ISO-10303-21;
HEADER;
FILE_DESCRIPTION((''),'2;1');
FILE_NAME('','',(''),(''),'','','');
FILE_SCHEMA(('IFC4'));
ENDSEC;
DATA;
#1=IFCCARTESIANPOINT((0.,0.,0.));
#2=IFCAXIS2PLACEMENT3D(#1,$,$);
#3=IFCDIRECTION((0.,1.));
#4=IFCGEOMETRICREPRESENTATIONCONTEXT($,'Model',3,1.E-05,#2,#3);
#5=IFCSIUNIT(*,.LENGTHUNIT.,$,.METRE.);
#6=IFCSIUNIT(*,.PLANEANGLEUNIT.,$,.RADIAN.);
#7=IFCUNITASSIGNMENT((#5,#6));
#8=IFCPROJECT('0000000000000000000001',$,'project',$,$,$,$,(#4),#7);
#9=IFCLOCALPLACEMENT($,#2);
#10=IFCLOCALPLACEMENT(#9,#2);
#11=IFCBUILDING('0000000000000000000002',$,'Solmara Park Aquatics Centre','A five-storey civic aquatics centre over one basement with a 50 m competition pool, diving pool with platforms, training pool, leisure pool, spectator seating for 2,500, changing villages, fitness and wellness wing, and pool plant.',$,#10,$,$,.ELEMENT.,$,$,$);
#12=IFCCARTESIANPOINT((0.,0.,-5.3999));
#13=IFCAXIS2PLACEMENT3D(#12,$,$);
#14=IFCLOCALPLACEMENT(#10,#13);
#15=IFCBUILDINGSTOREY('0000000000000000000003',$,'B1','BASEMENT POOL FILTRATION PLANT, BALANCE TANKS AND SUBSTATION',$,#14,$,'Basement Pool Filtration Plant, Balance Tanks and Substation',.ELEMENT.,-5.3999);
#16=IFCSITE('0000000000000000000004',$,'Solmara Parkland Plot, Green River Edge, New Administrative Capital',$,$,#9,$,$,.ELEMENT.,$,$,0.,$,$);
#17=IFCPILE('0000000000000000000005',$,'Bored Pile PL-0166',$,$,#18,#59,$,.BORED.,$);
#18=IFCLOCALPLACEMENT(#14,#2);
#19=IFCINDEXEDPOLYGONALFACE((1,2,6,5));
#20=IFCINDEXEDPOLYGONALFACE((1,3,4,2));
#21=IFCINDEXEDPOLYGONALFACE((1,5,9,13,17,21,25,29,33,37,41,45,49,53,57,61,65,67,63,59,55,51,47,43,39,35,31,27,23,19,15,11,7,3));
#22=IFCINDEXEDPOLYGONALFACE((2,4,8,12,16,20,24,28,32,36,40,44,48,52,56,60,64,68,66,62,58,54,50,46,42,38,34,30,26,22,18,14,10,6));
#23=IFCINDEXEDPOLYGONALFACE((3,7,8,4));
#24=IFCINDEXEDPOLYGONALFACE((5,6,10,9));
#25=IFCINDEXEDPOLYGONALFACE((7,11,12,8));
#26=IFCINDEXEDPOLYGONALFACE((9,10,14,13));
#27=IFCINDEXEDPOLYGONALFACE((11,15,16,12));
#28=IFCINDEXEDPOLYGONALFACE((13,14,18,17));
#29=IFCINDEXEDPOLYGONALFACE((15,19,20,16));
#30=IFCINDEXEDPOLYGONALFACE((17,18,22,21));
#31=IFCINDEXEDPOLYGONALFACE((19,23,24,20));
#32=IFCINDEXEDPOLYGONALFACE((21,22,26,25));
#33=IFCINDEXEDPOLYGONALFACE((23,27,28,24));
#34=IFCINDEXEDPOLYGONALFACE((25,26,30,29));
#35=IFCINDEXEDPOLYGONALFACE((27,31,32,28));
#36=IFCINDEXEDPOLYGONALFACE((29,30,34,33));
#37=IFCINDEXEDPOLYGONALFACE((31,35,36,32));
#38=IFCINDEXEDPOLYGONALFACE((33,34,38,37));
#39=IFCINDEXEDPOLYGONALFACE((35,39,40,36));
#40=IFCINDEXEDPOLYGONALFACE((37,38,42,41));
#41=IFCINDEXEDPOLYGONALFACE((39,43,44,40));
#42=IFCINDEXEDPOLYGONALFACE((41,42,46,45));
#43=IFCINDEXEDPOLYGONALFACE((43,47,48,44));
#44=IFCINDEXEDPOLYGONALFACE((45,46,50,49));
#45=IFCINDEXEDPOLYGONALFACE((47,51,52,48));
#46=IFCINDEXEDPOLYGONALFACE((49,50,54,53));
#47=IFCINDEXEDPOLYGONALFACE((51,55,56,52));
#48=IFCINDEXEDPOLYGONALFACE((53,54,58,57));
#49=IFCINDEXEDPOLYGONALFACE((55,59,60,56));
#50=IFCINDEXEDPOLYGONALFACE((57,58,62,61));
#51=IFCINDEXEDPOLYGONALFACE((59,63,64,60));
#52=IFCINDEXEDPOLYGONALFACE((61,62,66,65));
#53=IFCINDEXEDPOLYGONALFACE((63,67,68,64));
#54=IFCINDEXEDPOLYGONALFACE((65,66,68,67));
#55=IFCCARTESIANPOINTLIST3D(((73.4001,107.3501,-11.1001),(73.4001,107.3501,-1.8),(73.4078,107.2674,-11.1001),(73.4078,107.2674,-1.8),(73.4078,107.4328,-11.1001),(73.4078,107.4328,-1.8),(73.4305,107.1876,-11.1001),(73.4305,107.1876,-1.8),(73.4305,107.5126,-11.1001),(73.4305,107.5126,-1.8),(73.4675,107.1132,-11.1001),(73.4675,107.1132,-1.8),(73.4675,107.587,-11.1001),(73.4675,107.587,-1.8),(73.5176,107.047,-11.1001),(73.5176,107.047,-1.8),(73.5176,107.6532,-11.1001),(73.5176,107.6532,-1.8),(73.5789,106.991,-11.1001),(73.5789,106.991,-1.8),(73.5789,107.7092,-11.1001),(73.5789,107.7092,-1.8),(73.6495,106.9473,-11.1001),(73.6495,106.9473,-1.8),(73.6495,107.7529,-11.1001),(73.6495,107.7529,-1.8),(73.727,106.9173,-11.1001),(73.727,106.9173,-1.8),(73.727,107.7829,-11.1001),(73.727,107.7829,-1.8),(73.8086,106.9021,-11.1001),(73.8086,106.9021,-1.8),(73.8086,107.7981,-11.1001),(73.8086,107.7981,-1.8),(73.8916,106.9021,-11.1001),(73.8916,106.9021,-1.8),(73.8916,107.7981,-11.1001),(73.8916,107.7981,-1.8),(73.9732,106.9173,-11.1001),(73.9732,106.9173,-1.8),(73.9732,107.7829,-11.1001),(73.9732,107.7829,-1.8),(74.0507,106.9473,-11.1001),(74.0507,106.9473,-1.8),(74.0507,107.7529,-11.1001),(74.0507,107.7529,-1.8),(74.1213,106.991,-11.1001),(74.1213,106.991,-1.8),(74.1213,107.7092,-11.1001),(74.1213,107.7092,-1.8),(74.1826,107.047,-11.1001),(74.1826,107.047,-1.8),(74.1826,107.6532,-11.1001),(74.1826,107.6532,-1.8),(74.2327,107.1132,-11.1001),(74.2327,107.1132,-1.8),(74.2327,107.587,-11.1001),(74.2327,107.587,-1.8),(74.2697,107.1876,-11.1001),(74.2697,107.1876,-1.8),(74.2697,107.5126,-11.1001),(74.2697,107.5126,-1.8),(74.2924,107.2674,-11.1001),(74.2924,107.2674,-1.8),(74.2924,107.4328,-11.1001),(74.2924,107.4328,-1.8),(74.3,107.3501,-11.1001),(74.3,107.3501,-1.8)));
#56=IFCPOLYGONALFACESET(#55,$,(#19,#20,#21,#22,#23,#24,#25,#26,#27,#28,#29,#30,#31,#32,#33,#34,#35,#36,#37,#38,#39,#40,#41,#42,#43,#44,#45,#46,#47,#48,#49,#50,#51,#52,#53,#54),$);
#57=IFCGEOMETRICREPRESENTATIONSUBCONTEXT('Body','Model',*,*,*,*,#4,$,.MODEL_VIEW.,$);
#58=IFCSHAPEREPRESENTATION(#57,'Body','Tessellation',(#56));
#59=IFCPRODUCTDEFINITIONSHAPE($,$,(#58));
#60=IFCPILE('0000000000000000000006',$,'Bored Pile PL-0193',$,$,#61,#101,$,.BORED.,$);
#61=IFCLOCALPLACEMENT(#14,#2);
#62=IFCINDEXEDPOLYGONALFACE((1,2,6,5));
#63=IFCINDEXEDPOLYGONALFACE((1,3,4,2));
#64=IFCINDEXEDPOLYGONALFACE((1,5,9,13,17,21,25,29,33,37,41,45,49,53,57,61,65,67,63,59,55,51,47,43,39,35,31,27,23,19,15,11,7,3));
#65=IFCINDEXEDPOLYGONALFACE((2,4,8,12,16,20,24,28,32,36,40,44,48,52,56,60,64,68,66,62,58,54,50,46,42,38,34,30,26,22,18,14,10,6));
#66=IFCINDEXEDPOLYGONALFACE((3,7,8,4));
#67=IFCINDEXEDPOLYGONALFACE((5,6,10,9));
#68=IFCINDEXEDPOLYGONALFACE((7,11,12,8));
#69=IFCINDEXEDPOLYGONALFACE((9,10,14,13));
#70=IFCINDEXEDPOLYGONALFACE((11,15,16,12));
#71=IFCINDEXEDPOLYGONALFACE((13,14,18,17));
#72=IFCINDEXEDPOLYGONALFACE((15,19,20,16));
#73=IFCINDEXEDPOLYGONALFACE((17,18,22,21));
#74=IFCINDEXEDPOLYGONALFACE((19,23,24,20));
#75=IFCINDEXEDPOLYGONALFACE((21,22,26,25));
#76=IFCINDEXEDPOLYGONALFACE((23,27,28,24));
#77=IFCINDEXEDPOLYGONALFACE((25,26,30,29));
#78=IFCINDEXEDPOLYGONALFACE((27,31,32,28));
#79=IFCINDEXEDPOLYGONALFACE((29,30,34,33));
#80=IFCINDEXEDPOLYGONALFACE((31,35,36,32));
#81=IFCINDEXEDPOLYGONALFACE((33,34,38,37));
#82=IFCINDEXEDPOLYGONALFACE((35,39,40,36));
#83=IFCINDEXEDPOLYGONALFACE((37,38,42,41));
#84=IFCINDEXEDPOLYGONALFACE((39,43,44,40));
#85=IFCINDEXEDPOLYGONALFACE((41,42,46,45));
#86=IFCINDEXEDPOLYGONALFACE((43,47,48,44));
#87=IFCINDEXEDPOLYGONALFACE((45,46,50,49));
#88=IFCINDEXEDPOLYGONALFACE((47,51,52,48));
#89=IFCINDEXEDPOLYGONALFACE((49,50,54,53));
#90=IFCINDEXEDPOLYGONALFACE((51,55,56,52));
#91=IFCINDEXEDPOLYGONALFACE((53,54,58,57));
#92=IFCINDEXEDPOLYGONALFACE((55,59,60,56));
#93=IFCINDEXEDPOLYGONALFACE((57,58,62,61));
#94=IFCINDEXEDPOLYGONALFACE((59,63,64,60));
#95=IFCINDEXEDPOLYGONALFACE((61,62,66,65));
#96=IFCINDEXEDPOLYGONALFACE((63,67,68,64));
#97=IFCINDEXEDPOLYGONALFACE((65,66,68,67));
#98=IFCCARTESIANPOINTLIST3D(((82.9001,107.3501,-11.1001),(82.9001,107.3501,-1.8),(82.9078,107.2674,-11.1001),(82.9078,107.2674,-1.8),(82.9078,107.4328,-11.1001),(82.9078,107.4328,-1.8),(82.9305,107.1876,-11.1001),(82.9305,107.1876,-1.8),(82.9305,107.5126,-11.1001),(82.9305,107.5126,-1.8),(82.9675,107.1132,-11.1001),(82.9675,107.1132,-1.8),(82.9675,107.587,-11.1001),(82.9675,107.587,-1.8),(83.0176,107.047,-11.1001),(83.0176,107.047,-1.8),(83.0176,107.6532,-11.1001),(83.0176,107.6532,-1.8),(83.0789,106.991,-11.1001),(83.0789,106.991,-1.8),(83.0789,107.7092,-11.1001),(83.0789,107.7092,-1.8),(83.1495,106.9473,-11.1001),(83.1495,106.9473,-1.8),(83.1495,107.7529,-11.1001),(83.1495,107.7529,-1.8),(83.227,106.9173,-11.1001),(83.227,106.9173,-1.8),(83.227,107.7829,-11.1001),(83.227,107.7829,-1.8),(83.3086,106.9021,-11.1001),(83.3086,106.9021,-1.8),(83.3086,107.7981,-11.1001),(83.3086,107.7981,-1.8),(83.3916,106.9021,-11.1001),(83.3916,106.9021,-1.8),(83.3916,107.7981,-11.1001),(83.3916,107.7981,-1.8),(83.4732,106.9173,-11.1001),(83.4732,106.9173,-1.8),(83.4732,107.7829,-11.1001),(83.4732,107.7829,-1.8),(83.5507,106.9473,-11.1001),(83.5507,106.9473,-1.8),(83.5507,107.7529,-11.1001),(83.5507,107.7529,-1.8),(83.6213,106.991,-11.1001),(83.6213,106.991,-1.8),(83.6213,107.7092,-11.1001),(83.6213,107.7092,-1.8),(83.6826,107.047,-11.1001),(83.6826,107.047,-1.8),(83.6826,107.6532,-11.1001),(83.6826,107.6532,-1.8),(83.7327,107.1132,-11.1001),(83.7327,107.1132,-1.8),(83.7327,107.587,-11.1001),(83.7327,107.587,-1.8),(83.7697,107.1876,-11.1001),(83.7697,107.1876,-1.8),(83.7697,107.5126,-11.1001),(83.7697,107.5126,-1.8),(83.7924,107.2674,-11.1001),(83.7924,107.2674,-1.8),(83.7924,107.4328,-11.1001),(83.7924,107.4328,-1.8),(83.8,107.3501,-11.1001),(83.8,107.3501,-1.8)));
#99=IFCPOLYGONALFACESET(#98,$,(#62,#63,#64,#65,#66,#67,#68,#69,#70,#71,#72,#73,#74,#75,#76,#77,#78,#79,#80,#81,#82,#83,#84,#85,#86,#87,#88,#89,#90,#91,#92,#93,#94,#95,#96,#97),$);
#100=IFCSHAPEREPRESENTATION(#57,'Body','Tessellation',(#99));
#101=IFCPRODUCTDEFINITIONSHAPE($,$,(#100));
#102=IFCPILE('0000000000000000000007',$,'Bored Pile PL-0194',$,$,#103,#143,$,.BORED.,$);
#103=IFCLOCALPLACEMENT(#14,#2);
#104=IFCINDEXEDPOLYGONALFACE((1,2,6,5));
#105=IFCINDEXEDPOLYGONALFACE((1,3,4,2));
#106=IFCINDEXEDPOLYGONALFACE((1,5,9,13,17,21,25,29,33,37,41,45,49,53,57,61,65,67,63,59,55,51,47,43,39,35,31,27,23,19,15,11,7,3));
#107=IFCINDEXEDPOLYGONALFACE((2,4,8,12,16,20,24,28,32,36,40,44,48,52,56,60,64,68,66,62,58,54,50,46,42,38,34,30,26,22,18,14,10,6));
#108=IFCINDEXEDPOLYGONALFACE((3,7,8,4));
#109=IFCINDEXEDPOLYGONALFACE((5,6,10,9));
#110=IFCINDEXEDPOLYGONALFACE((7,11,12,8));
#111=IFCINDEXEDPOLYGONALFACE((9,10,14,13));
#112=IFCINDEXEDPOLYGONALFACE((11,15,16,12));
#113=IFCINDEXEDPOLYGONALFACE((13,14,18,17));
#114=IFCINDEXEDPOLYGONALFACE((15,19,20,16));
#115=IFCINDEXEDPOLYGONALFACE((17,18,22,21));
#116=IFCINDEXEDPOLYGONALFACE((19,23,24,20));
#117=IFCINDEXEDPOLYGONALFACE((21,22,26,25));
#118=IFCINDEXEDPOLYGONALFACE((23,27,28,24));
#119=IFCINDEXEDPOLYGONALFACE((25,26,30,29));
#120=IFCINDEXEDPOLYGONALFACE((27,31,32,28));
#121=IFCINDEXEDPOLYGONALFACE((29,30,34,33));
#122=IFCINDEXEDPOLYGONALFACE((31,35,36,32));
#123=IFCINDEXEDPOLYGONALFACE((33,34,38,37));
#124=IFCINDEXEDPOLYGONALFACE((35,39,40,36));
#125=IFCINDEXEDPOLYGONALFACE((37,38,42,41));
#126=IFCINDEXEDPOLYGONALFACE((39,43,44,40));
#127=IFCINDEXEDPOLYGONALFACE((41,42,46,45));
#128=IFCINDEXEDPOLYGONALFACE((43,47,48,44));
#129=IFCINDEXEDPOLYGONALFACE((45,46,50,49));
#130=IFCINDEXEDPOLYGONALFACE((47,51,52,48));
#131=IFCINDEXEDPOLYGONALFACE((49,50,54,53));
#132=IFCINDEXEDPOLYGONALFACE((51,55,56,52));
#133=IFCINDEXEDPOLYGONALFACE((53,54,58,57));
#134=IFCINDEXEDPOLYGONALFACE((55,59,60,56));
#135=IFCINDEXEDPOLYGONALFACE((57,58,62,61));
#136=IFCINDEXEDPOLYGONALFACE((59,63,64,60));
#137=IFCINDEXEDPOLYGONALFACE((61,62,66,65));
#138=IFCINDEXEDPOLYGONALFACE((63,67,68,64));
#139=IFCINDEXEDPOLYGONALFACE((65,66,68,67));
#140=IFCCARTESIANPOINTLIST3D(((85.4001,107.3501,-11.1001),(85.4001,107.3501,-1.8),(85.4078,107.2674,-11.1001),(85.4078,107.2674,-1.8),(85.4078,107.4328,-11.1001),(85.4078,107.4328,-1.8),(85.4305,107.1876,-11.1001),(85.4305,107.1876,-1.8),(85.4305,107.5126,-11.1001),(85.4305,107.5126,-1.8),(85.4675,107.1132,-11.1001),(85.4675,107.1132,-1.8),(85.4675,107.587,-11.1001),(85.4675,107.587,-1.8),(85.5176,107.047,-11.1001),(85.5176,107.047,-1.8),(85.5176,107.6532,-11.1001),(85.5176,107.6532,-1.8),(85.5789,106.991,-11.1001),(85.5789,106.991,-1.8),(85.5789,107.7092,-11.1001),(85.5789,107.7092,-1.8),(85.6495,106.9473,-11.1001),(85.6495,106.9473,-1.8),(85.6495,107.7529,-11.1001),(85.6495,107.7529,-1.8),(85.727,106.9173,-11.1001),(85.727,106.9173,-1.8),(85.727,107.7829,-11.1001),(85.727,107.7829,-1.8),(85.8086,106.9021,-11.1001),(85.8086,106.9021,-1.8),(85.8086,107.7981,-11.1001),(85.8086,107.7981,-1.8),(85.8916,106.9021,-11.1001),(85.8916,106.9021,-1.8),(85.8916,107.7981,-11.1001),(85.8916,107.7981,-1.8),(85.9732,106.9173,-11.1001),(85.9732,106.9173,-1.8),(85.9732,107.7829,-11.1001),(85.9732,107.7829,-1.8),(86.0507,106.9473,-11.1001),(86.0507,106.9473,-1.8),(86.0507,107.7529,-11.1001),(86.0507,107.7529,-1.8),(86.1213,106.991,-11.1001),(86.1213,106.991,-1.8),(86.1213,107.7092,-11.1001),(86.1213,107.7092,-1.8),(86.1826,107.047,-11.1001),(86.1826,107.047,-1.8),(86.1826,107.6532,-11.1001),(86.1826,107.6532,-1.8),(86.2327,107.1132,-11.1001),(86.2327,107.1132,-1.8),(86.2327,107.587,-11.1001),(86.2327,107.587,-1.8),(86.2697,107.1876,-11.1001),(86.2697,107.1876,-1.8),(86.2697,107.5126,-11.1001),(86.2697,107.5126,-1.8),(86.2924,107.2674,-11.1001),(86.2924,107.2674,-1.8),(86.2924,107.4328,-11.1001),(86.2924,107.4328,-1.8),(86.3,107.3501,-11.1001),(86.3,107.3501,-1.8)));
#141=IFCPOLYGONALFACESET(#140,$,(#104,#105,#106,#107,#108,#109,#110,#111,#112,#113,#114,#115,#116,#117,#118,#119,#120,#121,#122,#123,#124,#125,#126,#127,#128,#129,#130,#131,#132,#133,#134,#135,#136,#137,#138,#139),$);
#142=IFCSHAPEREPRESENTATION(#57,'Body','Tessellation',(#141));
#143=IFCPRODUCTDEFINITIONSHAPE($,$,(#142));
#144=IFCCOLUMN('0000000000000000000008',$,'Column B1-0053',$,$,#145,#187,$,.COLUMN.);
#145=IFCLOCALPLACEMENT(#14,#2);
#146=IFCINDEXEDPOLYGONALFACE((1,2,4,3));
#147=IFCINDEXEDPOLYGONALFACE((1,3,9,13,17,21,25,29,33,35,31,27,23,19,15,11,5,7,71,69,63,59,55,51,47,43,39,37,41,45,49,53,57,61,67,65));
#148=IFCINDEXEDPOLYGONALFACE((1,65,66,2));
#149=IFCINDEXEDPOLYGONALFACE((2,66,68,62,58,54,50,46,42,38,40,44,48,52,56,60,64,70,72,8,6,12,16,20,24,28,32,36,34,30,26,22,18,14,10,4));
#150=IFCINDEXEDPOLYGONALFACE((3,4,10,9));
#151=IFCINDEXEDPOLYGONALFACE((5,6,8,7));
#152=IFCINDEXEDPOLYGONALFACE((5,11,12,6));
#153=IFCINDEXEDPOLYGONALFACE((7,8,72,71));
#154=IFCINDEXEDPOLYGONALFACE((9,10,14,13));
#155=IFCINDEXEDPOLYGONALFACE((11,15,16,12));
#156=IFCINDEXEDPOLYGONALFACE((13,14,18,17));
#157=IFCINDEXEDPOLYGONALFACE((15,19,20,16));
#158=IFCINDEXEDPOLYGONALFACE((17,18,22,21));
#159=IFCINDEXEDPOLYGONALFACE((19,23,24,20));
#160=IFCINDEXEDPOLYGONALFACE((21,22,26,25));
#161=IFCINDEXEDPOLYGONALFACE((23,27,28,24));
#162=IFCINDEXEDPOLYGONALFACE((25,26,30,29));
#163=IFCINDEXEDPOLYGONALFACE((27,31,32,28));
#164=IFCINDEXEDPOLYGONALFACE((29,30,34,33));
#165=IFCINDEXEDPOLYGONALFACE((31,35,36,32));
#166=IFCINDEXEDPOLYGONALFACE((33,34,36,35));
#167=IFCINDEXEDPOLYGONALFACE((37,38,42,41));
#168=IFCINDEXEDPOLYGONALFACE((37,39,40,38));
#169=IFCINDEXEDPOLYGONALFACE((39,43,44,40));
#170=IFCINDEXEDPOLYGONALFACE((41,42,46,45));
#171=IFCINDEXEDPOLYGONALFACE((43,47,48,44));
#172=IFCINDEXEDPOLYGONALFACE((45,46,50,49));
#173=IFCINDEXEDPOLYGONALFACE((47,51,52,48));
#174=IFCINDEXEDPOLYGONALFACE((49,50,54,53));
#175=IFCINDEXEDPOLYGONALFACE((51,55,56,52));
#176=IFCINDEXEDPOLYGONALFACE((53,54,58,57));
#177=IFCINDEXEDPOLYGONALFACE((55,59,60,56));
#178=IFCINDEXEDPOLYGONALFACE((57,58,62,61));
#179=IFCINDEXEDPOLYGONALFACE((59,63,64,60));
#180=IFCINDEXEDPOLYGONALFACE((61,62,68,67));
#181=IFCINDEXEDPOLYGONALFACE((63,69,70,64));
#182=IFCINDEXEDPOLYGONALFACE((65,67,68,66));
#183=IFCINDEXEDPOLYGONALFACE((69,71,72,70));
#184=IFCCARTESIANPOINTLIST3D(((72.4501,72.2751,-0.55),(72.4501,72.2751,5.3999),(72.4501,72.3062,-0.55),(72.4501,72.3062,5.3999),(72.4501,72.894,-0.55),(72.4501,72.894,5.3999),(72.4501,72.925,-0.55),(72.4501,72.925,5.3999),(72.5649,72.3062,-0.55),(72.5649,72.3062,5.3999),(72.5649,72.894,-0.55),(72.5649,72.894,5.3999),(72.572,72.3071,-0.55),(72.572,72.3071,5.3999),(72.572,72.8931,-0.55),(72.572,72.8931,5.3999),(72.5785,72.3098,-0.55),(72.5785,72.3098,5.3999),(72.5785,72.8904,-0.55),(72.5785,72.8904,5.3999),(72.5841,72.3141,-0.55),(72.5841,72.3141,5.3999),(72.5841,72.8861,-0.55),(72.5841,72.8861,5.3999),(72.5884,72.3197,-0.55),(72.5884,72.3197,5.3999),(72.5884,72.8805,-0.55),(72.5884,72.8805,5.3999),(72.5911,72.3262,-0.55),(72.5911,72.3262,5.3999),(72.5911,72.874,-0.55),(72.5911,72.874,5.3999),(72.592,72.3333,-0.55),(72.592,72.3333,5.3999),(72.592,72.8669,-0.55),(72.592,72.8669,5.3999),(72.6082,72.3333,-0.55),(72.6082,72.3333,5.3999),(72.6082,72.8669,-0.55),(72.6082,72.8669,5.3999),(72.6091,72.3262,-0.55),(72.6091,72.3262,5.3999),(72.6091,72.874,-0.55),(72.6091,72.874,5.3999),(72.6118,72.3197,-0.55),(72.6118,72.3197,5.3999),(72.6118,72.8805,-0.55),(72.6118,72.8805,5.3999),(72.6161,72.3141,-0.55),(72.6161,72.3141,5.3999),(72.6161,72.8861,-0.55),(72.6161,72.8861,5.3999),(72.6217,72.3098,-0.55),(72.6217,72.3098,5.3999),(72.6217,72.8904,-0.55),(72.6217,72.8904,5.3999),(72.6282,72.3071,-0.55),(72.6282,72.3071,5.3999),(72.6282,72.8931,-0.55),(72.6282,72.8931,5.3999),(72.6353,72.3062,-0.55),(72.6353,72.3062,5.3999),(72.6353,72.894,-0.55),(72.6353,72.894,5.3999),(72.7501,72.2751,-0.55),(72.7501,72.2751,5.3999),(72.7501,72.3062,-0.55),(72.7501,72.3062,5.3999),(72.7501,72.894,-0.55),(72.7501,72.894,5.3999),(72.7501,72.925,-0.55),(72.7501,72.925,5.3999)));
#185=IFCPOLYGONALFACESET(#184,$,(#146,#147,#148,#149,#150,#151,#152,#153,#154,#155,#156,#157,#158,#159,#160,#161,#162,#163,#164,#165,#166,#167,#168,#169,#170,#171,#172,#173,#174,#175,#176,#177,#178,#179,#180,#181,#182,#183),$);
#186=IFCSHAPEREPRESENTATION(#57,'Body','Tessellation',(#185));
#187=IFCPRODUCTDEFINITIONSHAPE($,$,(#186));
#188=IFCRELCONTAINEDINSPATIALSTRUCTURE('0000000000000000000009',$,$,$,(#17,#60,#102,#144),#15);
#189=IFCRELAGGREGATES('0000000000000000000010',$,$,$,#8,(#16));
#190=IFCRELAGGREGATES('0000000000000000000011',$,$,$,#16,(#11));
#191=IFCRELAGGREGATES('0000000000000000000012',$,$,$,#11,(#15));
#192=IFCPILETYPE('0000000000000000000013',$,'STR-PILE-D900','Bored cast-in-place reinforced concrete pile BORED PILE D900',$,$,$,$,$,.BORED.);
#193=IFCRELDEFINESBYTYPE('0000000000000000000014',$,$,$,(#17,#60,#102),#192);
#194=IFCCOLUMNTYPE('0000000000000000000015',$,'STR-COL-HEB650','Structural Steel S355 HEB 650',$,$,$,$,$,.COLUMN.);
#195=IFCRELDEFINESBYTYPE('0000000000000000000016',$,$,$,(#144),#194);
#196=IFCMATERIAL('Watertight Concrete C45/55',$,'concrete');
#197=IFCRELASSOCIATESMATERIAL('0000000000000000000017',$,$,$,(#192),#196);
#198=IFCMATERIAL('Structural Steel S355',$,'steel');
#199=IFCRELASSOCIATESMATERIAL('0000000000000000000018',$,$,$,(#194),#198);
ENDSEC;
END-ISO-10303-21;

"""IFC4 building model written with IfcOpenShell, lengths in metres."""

from ifc_helpers import new_model, si_unit, direction, frame, origin, origin_2d, place, context, subcontext, project, spatial, circle, i_section, extrude, material, material_profile, profile_set, type_object, element, save


model = new_model("IFC4")

# Units and contexts
model_context = context("Model", 3, precision=1e-05, world=origin(), true_north=direction((0.0, 1.0)))
body_context = subcontext(model_context, "Body", "Model", "MODEL_VIEW")
ifc_project = project(units=[si_unit("LENGTHUNIT", "METRE"), si_unit("PLANEANGLEUNIT", "RADIAN")], contexts=[model_context])

# Site, building, storey
site_placement = place(None, origin())
site = spatial("IfcSite", under=ifc_project, at=site_placement, Name="Solmara Parkland Plot, Green River Edge, New Administrative Capital", CompositionType="ELEMENT", RefElevation=0.0)
building_placement = place(site_placement, origin())
building = spatial("IfcBuilding", under=site, at=building_placement, Name="Solmara Park Aquatics Centre", Description="A five-storey civic aquatics centre over one basement with a 50 m competition pool, diving pool with platforms, training pool, leisure pool, spectator seating for 2,500, changing villages, fitness and wellness wing, and pool plant.", CompositionType="ELEMENT")
storey_placement = place(building_placement, frame((0.0, 0.0, -5.3999)))
storey = spatial("IfcBuildingStorey", under=building, at=storey_placement, Name="B1", Description="BASEMENT POOL FILTRATION PLANT, BALANCE TANKS AND SUBSTATION", LongName="Basement Pool Filtration Plant, Balance Tanks and Substation", CompositionType="ELEMENT", Elevation=-5.3999)

# Shared definitions
ifc_material_1 = material(Name="Watertight Concrete C45/55", Category="concrete")

# Piles
ifc_material_profile_1 = material_profile(ifc_material_1, circle(Radius=0.45, at=origin_2d()), Name="BORED PILE D900")
ifc_profile_set_1 = profile_set([ifc_material_profile_1], Name="Watertight Concrete C45/55")
pile_type_1 = type_object("IfcPileType", Name="STR-PILE-D900", Description="Bored cast-in-place reinforced concrete pile BORED PILE D900", PredefinedType="BORED", material=ifc_profile_set_1)
for number, where, z_axis, x_axis, name in (
    (1, (73.8501, 107.3501, -1.8), (0.0, 0.0, -1.0), (1.0, 0.0, 0.0), "Bored Pile PL-0166"),
    (2, (83.3501, 107.3501, -1.8), (0.0, 0.0, -1.0), (1.0, 0.0, 0.0), "Bored Pile PL-0193"),
    (3, (85.8501, 107.3501, -1.8), (0.0, 0.0, -1.0), (1.0, 0.0, 0.0), "Bored Pile PL-0194"),
):
    element("IfcPile", number, at=place(storey_placement, frame(where, z_axis=z_axis, x_axis=x_axis)), inside=storey, type_object=pile_type_1, Name=name, PredefinedType="BORED", context=body_context, shape_type="SweptSolid", body=[
        extrude(circle(Radius=0.45, at=origin_2d()), origin(), (0.0, 0.0, 1.0), 9.3),
    ])

# Column
ifc_material_2 = material(Name="Structural Steel S355", Category="steel")
ifc_material_profile_2 = material_profile(ifc_material_2, i_section(OverallWidth=0.3, OverallDepth=0.6499, WebThickness=0.0161, FlangeThickness=0.031, FilletRadius=0.0271, at=origin_2d()), Name="HEB 650")
ifc_profile_set_2 = profile_set([ifc_material_profile_2], Name="Structural Steel S355")
column_type_1 = type_object("IfcColumnType", Name="STR-COL-HEB650", Description="Structural Steel S355 HEB 650", PredefinedType="COLUMN", material=ifc_profile_set_2)
for number, where, z_axis, x_axis, name in (
    (4, (72.6001, 72.6001, -0.55), (0.0, 0.0, 1.0), (1.0, 0.0, 0.0), "Column B1-0053"),
):
    element("IfcColumn", number, at=place(storey_placement, frame(where, z_axis=z_axis, x_axis=x_axis)), inside=storey, type_object=column_type_1, Name=name, PredefinedType="COLUMN", context=body_context, shape_type="SweptSolid", body=[
        extrude(i_section(OverallWidth=0.3, OverallDepth=0.6499, WebThickness=0.0161, FlangeThickness=0.031, FilletRadius=0.0271, at=origin_2d()), origin(), (0.0, 0.0, 1.0), 5.95),
    ])

save(model, "model.ifc")
